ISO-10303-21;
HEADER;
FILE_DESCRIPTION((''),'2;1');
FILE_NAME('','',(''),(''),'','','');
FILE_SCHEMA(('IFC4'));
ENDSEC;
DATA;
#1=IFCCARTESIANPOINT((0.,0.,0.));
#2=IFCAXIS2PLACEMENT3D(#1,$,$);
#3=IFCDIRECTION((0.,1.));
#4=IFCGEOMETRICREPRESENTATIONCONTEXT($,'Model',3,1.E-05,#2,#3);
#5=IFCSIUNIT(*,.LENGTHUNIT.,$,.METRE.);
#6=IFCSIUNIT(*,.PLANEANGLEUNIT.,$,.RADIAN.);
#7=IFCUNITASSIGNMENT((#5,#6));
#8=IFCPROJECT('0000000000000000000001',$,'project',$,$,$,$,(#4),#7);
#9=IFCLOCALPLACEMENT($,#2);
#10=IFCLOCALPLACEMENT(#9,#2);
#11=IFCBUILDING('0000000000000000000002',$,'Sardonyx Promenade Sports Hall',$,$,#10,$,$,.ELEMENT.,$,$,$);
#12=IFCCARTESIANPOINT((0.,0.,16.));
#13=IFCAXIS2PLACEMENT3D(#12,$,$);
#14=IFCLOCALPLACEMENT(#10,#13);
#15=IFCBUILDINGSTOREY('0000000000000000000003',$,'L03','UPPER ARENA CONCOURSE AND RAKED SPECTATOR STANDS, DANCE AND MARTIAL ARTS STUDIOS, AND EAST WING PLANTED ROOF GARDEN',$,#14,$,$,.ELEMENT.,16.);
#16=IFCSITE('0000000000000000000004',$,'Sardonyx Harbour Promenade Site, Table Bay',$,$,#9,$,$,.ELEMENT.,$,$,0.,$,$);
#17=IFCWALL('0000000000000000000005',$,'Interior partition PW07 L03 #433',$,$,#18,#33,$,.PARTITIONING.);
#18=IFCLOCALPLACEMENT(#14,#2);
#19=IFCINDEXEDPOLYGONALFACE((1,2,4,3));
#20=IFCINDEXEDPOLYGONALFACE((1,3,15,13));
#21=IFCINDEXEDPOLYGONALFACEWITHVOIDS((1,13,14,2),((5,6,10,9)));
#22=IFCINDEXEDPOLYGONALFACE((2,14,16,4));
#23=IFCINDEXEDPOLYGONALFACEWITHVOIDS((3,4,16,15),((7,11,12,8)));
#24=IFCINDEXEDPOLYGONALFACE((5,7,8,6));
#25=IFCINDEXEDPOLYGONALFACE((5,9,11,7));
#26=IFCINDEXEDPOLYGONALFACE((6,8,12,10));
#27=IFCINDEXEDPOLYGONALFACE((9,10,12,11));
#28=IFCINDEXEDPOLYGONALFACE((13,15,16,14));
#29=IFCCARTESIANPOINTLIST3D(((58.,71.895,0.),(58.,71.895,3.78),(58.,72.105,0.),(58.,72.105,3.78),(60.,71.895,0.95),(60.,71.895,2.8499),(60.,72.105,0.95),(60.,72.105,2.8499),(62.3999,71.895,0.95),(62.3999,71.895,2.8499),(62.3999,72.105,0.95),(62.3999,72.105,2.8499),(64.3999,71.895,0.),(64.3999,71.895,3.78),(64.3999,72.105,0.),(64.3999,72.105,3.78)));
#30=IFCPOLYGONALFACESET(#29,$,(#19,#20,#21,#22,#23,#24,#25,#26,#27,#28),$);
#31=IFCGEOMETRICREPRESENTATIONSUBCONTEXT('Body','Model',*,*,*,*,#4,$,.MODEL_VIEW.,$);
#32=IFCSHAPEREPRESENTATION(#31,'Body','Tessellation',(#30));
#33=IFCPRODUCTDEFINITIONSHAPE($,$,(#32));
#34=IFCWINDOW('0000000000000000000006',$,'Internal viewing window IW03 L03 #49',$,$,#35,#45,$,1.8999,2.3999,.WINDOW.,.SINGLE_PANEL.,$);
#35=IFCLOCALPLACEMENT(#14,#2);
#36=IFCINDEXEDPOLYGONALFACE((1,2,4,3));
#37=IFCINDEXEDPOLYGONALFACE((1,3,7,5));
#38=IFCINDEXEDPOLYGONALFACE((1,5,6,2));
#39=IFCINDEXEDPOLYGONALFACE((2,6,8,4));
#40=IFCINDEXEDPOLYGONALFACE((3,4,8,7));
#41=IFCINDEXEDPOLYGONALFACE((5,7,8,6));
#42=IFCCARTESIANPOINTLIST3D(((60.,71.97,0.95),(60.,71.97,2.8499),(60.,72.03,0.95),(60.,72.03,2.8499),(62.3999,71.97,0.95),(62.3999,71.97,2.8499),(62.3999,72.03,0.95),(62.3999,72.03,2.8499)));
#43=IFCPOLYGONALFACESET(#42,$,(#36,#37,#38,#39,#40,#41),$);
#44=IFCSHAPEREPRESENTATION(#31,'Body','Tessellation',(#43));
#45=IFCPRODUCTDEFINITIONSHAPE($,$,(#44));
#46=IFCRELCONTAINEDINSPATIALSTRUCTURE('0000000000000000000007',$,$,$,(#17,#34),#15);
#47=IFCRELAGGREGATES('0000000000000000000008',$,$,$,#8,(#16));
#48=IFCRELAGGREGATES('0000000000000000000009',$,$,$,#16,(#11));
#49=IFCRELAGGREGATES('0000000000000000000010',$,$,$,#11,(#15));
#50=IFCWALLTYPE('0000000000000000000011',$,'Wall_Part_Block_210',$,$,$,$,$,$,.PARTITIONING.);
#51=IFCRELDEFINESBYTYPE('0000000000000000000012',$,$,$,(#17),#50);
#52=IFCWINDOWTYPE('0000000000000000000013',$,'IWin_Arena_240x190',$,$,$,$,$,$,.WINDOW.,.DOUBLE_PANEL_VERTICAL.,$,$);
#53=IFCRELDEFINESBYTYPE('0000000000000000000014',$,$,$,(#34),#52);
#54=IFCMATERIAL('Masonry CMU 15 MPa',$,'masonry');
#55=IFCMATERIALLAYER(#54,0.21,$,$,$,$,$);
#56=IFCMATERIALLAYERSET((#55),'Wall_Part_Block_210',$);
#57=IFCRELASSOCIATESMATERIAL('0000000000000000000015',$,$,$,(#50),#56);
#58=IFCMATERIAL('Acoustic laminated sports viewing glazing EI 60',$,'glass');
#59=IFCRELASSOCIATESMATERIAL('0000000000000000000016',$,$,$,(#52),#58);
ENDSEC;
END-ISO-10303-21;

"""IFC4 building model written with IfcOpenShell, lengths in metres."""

from ifc_helpers import new_model, si_unit, direction, frame, frame_2d, origin, place, context, subcontext, project, spatial, rectangle, extrude, material, layer, layer_set, type_object, element, fill, save


model = new_model("IFC4")

# Units and contexts
model_context = context("Model", 3, precision=1e-05, world=origin(), true_north=direction((0.0, 1.0)))
body_context = subcontext(model_context, "Body", "Model", "MODEL_VIEW")
ifc_project = project(units=[si_unit("LENGTHUNIT", "METRE"), si_unit("PLANEANGLEUNIT", "RADIAN")], contexts=[model_context])

# Site, building, storey
site_placement = place(None, origin())
site = spatial("IfcSite", under=ifc_project, at=site_placement, Name="Sardonyx Harbour Promenade Site, Table Bay", CompositionType="ELEMENT", RefElevation=0.0)
building_placement = place(site_placement, origin())
building = spatial("IfcBuilding", under=site, at=building_placement, Name="Sardonyx Promenade Sports Hall", CompositionType="ELEMENT")
storey_placement = place(building_placement, frame((0.0, 0.0, 16.0)))
storey = spatial("IfcBuildingStorey", under=building, at=storey_placement, Name="L03", Description="UPPER ARENA CONCOURSE AND RAKED SPECTATOR STANDS, DANCE AND MARTIAL ARTS STUDIOS, AND EAST WING PLANTED ROOF GARDEN", CompositionType="ELEMENT", Elevation=16.0)

# Wall, opening, window
ifc_material_1 = material(Name="Masonry CMU 15 MPa", Category="masonry")
ifc_layer_1 = layer(ifc_material_1, 0.21)
ifc_layer_set_1 = layer_set([ifc_layer_1], Name="Wall_Part_Block_210")
wall_type_1 = type_object("IfcWallType", Name="Wall_Part_Block_210", PredefinedType="PARTITIONING", material=ifc_layer_set_1)
wall_1_placement = place(storey_placement, frame((58.0, 72.0, 0.0), z_axis=(0.0, 0.0, 1.0), x_axis=(1.0, 0.0, 0.0)))
wall_1 = element("IfcWall", 1, at=wall_1_placement, inside=storey, type_object=wall_type_1, Name="Interior partition PW07 L03 #433", PredefinedType="PARTITIONING", context=body_context, shape_type="SweptSolid", body=[
    extrude(rectangle(XDim=6.3999, YDim=0.21, at=frame_2d((3.2, 0.0))), origin(), (0.0, 0.0, 1.0), 3.78),
])
opening_1_placement = place(wall_1_placement, frame((2.0, 0.0, 0.95)))
opening_1 = element("IfcOpeningElement", 2, at=opening_1_placement, cuts=wall_1, PredefinedType="OPENING", context=body_context, shape_type="SweptSolid", body=[
    extrude(rectangle(XDim=2.3999, YDim=1.8999, at=frame_2d((1.2, 0.95))), frame((0.0, 0.115, 0.0), z_axis=(0.0, -1.0, 0.0), x_axis=(1.0, 0.0, 0.0)), (0.0, 0.0, 1.0), 0.23),
])
ifc_material_2 = material(Name="Acoustic laminated sports viewing glazing EI 60", Category="glass")
window_type_1 = type_object("IfcWindowType", Name="IWin_Arena_240x190", PartitioningType="DOUBLE_PANEL_VERTICAL", PredefinedType="WINDOW", material=ifc_material_2)
window_1_placement = place(opening_1_placement, origin())
window_1 = element("IfcWindow", 3, at=window_1_placement, inside=storey, type_object=window_type_1, Name="Internal viewing window IW03 L03 #49", OverallHeight=1.8999, OverallWidth=2.3999, PartitioningType="SINGLE_PANEL", PredefinedType="WINDOW", context=body_context, shape_type="SweptSolid", body=[
    extrude(rectangle(XDim=2.3999, YDim=1.8999, at=frame_2d((1.2, 0.95))), frame((0.0, 0.03, 0.0), z_axis=(0.0, -1.0, 0.0), x_axis=(1.0, 0.0, 0.0)), (0.0, 0.0, 1.0), 0.0601),
])
fill(opening_1, window_1)

save(model, "model.ifc")
